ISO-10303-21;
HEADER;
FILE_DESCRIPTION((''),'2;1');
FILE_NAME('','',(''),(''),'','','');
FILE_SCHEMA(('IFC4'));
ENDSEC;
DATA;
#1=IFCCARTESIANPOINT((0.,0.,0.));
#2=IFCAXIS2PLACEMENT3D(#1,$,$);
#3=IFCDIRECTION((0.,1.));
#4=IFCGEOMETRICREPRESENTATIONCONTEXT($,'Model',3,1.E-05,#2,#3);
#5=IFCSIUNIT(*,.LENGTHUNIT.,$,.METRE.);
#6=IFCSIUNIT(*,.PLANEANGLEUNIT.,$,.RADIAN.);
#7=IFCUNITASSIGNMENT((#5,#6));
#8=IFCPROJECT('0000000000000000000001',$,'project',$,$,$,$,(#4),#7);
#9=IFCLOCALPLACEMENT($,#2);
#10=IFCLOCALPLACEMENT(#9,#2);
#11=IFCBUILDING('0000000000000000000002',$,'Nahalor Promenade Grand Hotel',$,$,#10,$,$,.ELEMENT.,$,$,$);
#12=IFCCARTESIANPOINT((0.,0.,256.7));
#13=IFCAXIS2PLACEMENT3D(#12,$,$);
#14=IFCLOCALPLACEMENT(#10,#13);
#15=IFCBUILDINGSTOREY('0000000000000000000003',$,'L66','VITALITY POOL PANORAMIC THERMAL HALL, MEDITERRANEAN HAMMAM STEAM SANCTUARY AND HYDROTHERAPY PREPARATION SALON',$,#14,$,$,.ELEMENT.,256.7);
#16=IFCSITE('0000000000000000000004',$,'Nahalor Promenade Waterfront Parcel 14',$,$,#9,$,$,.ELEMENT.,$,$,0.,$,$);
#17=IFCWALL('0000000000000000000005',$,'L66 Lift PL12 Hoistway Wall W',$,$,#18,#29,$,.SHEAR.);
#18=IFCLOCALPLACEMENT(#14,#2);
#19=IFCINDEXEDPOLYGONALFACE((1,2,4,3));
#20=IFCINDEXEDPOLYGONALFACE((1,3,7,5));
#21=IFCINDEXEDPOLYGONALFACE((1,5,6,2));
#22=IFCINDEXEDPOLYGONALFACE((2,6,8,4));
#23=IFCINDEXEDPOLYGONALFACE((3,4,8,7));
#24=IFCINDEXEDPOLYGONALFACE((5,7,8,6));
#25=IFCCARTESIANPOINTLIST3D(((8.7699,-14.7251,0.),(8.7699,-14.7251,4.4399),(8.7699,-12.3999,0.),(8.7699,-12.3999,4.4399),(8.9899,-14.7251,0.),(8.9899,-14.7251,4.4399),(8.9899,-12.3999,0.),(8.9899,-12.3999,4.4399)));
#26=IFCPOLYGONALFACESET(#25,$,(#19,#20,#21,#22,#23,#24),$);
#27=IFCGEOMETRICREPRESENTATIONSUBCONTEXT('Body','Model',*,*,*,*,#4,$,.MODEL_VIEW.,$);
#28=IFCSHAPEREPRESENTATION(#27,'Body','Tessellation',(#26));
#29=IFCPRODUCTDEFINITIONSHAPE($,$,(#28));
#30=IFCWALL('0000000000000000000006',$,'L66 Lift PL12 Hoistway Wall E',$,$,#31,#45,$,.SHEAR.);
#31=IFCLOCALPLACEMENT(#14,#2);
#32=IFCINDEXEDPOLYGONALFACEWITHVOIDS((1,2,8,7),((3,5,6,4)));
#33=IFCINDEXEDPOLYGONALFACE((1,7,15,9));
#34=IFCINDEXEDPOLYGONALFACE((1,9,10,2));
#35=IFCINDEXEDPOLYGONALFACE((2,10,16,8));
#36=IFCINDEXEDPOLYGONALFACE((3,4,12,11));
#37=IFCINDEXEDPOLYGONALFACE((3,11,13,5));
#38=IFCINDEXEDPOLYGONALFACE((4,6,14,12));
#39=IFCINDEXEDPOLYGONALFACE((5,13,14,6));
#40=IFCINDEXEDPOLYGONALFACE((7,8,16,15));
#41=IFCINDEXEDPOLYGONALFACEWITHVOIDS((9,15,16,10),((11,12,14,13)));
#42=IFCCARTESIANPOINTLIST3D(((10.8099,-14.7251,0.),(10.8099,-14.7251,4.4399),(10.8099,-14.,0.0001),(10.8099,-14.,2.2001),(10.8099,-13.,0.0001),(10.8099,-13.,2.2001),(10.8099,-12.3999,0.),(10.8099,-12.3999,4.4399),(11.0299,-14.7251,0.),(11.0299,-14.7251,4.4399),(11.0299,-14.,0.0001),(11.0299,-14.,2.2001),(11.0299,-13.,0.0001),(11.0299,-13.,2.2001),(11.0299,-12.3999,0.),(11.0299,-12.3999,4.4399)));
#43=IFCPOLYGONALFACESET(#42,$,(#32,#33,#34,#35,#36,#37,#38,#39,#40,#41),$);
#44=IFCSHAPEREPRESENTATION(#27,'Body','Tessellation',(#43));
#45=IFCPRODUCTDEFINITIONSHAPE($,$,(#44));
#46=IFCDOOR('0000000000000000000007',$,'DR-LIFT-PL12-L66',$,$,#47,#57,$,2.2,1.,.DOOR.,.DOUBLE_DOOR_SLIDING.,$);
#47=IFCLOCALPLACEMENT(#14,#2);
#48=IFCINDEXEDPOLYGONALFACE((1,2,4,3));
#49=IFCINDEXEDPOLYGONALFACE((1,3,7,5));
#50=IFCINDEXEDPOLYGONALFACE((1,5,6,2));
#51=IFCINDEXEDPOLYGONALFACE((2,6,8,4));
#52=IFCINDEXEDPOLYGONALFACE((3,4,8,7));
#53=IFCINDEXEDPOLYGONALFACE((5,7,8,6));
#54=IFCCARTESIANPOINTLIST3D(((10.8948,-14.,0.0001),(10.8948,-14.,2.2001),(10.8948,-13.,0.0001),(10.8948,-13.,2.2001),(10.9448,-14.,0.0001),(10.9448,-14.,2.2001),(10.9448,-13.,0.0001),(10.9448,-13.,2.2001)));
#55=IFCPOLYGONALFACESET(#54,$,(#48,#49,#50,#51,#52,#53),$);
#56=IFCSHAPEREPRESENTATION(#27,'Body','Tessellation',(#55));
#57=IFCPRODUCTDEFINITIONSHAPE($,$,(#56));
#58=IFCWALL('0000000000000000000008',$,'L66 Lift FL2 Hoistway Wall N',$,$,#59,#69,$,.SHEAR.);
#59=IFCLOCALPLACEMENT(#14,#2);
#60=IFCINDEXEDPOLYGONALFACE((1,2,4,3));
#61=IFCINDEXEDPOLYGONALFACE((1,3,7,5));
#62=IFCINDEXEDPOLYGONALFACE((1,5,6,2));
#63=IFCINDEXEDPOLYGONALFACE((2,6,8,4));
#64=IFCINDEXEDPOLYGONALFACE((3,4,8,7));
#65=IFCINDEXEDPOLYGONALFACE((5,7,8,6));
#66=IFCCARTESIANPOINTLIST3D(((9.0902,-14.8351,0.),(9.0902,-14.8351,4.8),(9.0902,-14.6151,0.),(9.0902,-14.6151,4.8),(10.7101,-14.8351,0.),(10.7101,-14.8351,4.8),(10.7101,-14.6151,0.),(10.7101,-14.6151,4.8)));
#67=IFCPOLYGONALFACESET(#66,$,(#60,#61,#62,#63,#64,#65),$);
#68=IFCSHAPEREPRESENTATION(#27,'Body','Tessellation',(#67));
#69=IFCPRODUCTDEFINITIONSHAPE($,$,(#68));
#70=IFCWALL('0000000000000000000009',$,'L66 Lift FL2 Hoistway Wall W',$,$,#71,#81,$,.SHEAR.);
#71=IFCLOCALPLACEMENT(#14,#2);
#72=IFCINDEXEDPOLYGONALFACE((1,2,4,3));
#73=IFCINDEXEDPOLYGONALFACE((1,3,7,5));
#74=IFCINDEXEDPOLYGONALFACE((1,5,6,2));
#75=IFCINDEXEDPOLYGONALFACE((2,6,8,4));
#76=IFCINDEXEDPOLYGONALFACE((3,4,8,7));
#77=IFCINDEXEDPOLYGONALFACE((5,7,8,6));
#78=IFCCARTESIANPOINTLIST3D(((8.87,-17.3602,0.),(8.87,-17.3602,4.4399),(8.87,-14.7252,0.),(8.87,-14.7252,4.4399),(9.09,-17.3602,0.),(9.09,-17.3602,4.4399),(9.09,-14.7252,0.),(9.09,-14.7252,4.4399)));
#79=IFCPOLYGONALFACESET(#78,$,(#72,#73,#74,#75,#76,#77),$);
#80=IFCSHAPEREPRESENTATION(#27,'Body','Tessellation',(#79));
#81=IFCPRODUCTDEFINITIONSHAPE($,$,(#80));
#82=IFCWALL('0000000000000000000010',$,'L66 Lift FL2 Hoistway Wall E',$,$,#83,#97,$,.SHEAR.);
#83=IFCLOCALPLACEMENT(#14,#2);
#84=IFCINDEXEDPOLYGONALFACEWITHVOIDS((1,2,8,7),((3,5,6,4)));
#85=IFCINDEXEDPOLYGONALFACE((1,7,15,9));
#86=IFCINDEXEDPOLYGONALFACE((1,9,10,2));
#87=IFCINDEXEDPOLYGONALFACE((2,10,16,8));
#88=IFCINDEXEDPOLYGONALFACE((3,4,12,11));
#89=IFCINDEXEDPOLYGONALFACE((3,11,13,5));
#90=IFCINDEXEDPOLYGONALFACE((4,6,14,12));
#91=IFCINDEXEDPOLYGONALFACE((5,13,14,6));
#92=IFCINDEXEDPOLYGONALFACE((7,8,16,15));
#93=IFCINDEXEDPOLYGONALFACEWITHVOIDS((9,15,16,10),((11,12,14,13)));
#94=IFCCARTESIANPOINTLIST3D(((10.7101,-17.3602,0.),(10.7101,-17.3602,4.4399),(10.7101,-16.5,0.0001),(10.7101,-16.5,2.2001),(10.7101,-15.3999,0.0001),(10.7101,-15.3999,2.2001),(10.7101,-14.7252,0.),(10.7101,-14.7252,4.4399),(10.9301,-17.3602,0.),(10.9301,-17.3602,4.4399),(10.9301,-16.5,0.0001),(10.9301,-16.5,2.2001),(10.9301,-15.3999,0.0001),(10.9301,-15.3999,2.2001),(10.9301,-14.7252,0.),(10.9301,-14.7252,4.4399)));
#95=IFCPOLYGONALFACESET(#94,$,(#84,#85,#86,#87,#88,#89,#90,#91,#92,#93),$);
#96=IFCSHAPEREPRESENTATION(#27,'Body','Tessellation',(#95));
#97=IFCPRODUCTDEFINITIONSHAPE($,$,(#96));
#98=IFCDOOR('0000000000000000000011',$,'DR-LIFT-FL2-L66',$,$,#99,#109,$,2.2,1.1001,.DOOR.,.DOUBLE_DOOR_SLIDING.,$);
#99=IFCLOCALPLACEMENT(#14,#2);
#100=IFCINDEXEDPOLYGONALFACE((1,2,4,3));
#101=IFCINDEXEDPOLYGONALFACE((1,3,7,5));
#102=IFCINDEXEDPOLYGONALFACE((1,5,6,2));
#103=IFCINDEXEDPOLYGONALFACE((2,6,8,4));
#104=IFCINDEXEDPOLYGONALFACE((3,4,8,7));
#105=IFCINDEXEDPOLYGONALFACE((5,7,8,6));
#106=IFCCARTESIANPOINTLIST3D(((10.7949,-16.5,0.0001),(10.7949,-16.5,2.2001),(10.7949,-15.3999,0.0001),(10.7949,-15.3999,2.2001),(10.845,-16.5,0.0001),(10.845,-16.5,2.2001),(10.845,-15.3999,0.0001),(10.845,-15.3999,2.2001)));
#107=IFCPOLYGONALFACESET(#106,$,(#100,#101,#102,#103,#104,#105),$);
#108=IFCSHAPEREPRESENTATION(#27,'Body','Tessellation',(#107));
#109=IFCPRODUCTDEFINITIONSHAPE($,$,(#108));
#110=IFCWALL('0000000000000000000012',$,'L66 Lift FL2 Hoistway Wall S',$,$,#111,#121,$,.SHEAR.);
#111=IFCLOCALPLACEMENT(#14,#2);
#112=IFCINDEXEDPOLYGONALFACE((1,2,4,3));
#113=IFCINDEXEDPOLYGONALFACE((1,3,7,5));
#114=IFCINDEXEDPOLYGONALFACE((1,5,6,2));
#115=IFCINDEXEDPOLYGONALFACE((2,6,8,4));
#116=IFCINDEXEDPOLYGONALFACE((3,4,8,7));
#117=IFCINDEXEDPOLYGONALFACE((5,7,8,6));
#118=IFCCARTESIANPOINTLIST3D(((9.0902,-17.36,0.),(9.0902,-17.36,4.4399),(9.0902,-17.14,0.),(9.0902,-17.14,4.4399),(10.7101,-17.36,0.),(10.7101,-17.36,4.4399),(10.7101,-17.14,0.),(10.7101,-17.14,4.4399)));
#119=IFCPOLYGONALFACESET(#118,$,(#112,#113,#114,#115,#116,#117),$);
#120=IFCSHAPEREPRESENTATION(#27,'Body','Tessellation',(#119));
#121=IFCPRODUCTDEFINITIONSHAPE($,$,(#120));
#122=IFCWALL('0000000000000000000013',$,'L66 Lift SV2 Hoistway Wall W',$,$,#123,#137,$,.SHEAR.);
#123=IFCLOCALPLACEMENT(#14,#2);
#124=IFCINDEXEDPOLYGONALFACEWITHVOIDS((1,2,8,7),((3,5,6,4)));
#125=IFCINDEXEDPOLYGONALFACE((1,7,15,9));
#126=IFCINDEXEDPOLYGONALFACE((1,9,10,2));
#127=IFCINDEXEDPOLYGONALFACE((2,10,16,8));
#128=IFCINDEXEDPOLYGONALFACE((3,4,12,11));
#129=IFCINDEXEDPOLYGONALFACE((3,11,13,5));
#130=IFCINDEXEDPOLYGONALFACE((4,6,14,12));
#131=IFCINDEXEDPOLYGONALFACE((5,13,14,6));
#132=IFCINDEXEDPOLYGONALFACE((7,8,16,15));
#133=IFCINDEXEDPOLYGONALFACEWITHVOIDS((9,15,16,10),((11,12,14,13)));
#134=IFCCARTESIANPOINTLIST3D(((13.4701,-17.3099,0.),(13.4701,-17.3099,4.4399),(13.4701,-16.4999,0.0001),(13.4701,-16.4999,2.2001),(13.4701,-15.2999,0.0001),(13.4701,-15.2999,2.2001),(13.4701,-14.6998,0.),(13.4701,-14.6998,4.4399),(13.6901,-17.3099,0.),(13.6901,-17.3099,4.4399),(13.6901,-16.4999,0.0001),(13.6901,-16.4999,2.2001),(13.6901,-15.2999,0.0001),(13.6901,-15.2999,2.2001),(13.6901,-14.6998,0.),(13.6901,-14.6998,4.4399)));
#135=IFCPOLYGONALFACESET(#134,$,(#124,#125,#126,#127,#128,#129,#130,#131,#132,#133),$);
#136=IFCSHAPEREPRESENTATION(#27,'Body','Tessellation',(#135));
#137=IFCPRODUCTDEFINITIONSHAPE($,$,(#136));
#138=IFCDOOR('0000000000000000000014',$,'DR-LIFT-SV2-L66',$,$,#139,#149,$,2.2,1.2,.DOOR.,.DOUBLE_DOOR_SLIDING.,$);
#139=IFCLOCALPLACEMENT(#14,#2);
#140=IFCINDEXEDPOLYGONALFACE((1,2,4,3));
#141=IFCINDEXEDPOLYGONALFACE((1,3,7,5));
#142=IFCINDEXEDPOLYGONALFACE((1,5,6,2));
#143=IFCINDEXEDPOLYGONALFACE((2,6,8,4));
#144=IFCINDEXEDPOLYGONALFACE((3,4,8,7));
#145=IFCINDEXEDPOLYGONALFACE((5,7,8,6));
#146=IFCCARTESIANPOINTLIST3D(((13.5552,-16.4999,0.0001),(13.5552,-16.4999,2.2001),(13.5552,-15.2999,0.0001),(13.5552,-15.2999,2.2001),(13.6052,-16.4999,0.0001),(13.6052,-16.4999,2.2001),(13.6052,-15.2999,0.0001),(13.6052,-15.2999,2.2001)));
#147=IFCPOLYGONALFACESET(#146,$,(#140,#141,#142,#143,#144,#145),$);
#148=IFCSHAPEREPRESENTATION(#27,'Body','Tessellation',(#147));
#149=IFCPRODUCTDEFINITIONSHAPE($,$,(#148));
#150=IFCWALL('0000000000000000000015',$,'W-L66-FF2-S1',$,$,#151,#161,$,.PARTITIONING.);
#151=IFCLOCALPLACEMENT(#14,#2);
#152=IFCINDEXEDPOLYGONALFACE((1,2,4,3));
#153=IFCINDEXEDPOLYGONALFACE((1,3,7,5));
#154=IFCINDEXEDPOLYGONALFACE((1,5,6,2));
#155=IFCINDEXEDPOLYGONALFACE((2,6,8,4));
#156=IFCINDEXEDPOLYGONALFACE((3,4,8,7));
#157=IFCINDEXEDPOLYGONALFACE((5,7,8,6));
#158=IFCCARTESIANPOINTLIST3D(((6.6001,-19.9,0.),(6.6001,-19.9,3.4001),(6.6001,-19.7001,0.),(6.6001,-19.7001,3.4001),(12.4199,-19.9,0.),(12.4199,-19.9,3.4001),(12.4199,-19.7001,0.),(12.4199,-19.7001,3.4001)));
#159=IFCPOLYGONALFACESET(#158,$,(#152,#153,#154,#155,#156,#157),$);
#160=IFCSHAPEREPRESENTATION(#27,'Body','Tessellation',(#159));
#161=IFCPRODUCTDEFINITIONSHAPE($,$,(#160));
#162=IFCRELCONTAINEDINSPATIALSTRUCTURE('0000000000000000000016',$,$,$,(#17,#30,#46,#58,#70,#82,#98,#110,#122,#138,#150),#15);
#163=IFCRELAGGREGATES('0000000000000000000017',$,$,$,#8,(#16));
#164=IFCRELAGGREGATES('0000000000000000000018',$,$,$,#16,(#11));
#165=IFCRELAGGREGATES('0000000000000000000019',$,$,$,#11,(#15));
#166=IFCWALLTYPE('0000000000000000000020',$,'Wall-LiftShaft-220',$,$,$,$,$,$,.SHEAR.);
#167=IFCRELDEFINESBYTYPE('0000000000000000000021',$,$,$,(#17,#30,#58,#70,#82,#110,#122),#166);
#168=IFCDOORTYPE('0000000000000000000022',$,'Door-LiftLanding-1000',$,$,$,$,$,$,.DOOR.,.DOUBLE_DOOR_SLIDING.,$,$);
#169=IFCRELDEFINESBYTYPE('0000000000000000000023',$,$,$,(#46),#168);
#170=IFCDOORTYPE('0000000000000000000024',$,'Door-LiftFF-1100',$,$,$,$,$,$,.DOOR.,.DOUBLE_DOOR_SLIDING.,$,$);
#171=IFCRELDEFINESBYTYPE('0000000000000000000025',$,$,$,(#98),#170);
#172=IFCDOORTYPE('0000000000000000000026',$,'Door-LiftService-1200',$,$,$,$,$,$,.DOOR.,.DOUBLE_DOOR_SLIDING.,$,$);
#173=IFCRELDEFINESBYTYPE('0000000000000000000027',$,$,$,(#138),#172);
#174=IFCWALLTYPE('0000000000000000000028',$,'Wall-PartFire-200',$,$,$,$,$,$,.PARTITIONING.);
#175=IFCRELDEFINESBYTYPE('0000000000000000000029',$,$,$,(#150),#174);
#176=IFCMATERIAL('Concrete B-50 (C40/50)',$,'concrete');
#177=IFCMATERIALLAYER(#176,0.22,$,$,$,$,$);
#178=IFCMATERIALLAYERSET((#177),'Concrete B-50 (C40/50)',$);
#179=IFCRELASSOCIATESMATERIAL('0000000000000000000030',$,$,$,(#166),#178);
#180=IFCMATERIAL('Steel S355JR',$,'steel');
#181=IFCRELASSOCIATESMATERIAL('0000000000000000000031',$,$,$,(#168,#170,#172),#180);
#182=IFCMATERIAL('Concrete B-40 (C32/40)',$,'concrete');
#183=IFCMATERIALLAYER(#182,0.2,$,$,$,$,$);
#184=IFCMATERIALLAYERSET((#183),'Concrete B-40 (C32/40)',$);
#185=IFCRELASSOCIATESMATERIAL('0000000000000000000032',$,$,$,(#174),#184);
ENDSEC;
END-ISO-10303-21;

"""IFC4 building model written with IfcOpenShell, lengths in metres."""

from ifc_helpers import new_model, si_unit, direction, frame, frame_2d, origin, place, context, subcontext, project, spatial, rectangle, extrude, source, transform, mapped, material, layer, layer_set, type_object, element, fill, save


model = new_model("IFC4")

# Units and contexts
model_context = context("Model", 3, precision=1e-05, world=origin(), true_north=direction((0.0, 1.0)))
body_context = subcontext(model_context, "Body", "Model", "MODEL_VIEW")
ifc_project = project(units=[si_unit("LENGTHUNIT", "METRE"), si_unit("PLANEANGLEUNIT", "RADIAN")], contexts=[model_context])

# Site, building, storey
site_placement = place(None, origin())
site = spatial("IfcSite", under=ifc_project, at=site_placement, Name="Nahalor Promenade Waterfront Parcel 14", CompositionType="ELEMENT", RefElevation=0.0)
building_placement = place(site_placement, origin())
building = spatial("IfcBuilding", under=site, at=building_placement, Name="Nahalor Promenade Grand Hotel", CompositionType="ELEMENT")
storey_placement = place(building_placement, frame((0.0, 0.0, 256.7)))
storey = spatial("IfcBuildingStorey", under=building, at=storey_placement, Name="L66", Description="VITALITY POOL PANORAMIC THERMAL HALL, MEDITERRANEAN HAMMAM STEAM SANCTUARY AND HYDROTHERAPY PREPARATION SALON", CompositionType="ELEMENT", Elevation=256.7)

# Shared definitions
ifc_material_1 = material(Name="Steel S355JR", Category="steel")

# Shared definitions
ifc_material_2 = material(Name="Concrete B-50 (C40/50)", Category="concrete")

# Shared definitions
ifc_layer_1 = layer(ifc_material_2, 0.22)
ifc_layer_set_1 = layer_set([ifc_layer_1], Name="Concrete B-50 (C40/50)")
wall_type_1 = type_object("IfcWallType", Name="Wall-LiftShaft-220", PredefinedType="SHEAR", material=ifc_layer_set_1)

# Shared definitions
door_type_1 = type_object("IfcDoorType", Name="Door-LiftLanding-1000", OperationType="DOUBLE_DOOR_SLIDING", PredefinedType="DOOR", material=ifc_material_1)
shared_shape_1 = source(origin(), body_context, "Body", "SweptSolid", [
    extrude(rectangle(XDim=1.0, YDim=2.2, at=frame_2d((0.5, 1.1001))), frame((0.0, 0.0249, 0.0), z_axis=(0.0, -1.0, 0.0), x_axis=(1.0, 0.0, 0.0)), (0.0, 0.0, 1.0), 0.05),
])

# Wall
shared_shape_2 = source(origin(), body_context, "Body", "SweptSolid", [
    extrude(rectangle(XDim=2.3252, YDim=0.22, at=frame_2d((1.1626, 0.0))), origin(), (0.0, 0.0, 1.0), 4.4399),
])
wall_1_placement = place(storey_placement, frame((8.8799, -14.7251, 0.0), z_axis=(0.0, 0.0, 1.0), x_axis=(0.0, 1.0, 0.0)))
element("IfcWall", 1, at=wall_1_placement, inside=storey, type_object=wall_type_1, Name="L66 Lift PL12 Hoistway Wall W", PredefinedType="SHEAR", context=body_context, shape_type="MappedRepresentation", body=[
    mapped(shared_shape_2, transform((0.0, 0.0, 0.0), scale=1.0)),
])

# Wall, opening, door
wall_2_placement = place(storey_placement, frame((10.9199, -14.7251, 0.0), z_axis=(0.0, 0.0, 1.0), x_axis=(0.0, 1.0, 0.0)))
wall_2 = element("IfcWall", 2, at=wall_2_placement, inside=storey, type_object=wall_type_1, Name="L66 Lift PL12 Hoistway Wall E", PredefinedType="SHEAR", context=body_context, shape_type="MappedRepresentation", body=[
    mapped(shared_shape_2, transform((0.0, 0.0, 0.0), scale=1.0)),
])
opening_1_placement = place(wall_2_placement, frame((0.7251, 0.0, 0.0)))
opening_1 = element("IfcOpeningElement", 3, at=opening_1_placement, cuts=wall_2, PredefinedType="OPENING", context=body_context, shape_type="SweptSolid", body=[
    extrude(rectangle(XDim=1.0, YDim=2.2, at=frame_2d((0.5, 1.1001))), frame((0.0, 0.1199, 0.0), z_axis=(0.0, -1.0, 0.0), x_axis=(1.0, 0.0, 0.0)), (0.0, 0.0, 1.0), 0.24),
])
door_1_placement = place(opening_1_placement, frame((1.0, 0.0, 0.0), z_axis=(0.0, 0.0, 1.0), x_axis=(-1.0, 0.0, 0.0)))
door_1 = element("IfcDoor", 4, at=door_1_placement, inside=storey, type_object=door_type_1, Name="DR-LIFT-PL12-L66", OperationType="DOUBLE_DOOR_SLIDING", OverallHeight=2.2, OverallWidth=1.0, PredefinedType="DOOR", context=body_context, shape_type="MappedRepresentation", body=[
    mapped(shared_shape_1, transform((0.0, 0.0, 0.0), scale=1.0)),
])
fill(opening_1, door_1)

# Walls
shared_shape_3 = source(origin(), body_context, "Body", "SweptSolid", [
    extrude(rectangle(XDim=1.6199, YDim=0.22, at=frame_2d((0.8101, 0.0))), origin(), (0.0, 0.0, 1.0), 4.8),
])
wall_3_placement = place(storey_placement, frame((9.0901, -14.7251, 0.0), z_axis=(0.0, 0.0, 1.0), x_axis=(1.0, 0.0, 0.0)))
element("IfcWall", 5, at=wall_3_placement, inside=storey, type_object=wall_type_1, Name="L66 Lift FL2 Hoistway Wall N", PredefinedType="SHEAR", context=body_context, shape_type="MappedRepresentation", body=[
    mapped(shared_shape_3, transform((0.0, 0.0, 0.0), scale=1.0)),
])
shared_shape_4 = source(origin(), body_context, "Body", "SweptSolid", [
    extrude(rectangle(XDim=2.635, YDim=0.22, at=frame_2d((1.3174, 0.0))), origin(), (0.0, 0.0, 1.0), 4.4399),
])
wall_4_placement = place(storey_placement, frame((8.98, -17.3601, 0.0), z_axis=(0.0, 0.0, 1.0), x_axis=(0.0, 1.0, 0.0)))
element("IfcWall", 6, at=wall_4_placement, inside=storey, type_object=wall_type_1, Name="L66 Lift FL2 Hoistway Wall W", PredefinedType="SHEAR", context=body_context, shape_type="MappedRepresentation", body=[
    mapped(shared_shape_4, transform((0.0, 0.0, 0.0), scale=1.0)),
])

# Wall, opening, door
wall_5_placement = place(storey_placement, frame((10.8201, -17.3601, 0.0), z_axis=(0.0, 0.0, 1.0), x_axis=(0.0, 1.0, 0.0)))
wall_5 = element("IfcWall", 7, at=wall_5_placement, inside=storey, type_object=wall_type_1, Name="L66 Lift FL2 Hoistway Wall E", PredefinedType="SHEAR", context=body_context, shape_type="MappedRepresentation", body=[
    mapped(shared_shape_4, transform((0.0, 0.0, 0.0), scale=1.0)),
])
opening_2_placement = place(wall_5_placement, frame((0.8601, 0.0, 0.0)))
opening_2 = element("IfcOpeningElement", 8, at=opening_2_placement, cuts=wall_5, PredefinedType="OPENING", context=body_context, shape_type="SweptSolid", body=[
    extrude(rectangle(XDim=1.1001, YDim=2.2, at=frame_2d((0.55, 1.1001))), frame((0.0, 0.1199, 0.0), z_axis=(0.0, -1.0, 0.0), x_axis=(1.0, 0.0, 0.0)), (0.0, 0.0, 1.0), 0.24),
])
door_type_2 = type_object("IfcDoorType", Name="Door-LiftFF-1100", OperationType="DOUBLE_DOOR_SLIDING", PredefinedType="DOOR", material=ifc_material_1)
shared_shape_5 = source(origin(), body_context, "Body", "SweptSolid", [
    extrude(rectangle(XDim=1.1001, YDim=2.2, at=frame_2d((0.55, 1.1001))), frame((0.0, 0.0249, 0.0), z_axis=(0.0, -1.0, 0.0), x_axis=(1.0, 0.0, 0.0)), (0.0, 0.0, 1.0), 0.05),
])
door_2_placement = place(opening_2_placement, frame((1.1001, 0.0, 0.0), z_axis=(0.0, 0.0, 1.0), x_axis=(-1.0, 0.0, 0.0)))
door_2 = element("IfcDoor", 9, at=door_2_placement, inside=storey, type_object=door_type_2, Name="DR-LIFT-FL2-L66", OperationType="DOUBLE_DOOR_SLIDING", OverallHeight=2.2, OverallWidth=1.1001, PredefinedType="DOOR", context=body_context, shape_type="MappedRepresentation", body=[
    mapped(shared_shape_5, transform((0.0, 0.0, 0.0), scale=1.0)),
])
fill(opening_2, door_2)

# Wall
shared_shape_6 = source(origin(), body_context, "Body", "SweptSolid", [
    extrude(rectangle(XDim=1.6199, YDim=0.22, at=frame_2d((0.8101, 0.0))), origin(), (0.0, 0.0, 1.0), 4.4399),
])
wall_6_placement = place(storey_placement, frame((9.0901, -17.25, 0.0), z_axis=(0.0, 0.0, 1.0), x_axis=(1.0, 0.0, 0.0)))
element("IfcWall", 10, at=wall_6_placement, inside=storey, type_object=wall_type_1, Name="L66 Lift FL2 Hoistway Wall S", PredefinedType="SHEAR", context=body_context, shape_type="MappedRepresentation", body=[
    mapped(shared_shape_6, transform((0.0, 0.0, 0.0), scale=1.0)),
])

# Wall, opening, door
shared_shape_7 = source(origin(), body_context, "Body", "SweptSolid", [
    extrude(rectangle(XDim=2.6101, YDim=0.22, at=frame_2d((1.3052, 0.0))), origin(), (0.0, 0.0, 1.0), 4.4399),
])
wall_7_placement = place(storey_placement, frame((13.5801, -17.3101, 0.0), z_axis=(0.0, 0.0, 1.0), x_axis=(0.0, 1.0, 0.0)))
wall_7 = element("IfcWall", 11, at=wall_7_placement, inside=storey, type_object=wall_type_1, Name="L66 Lift SV2 Hoistway Wall W", PredefinedType="SHEAR", context=body_context, shape_type="MappedRepresentation", body=[
    mapped(shared_shape_7, transform((0.0, 0.0, 0.0), scale=1.0)),
])
opening_3_placement = place(wall_7_placement, frame((0.8101, 0.0, 0.0)))
opening_3 = element("IfcOpeningElement", 12, at=opening_3_placement, cuts=wall_7, PredefinedType="OPENING", context=body_context, shape_type="SweptSolid", body=[
    extrude(rectangle(XDim=1.2, YDim=2.2, at=frame_2d((0.6001, 1.1001))), frame((0.0, 0.1199, 0.0), z_axis=(0.0, -1.0, 0.0), x_axis=(1.0, 0.0, 0.0)), (0.0, 0.0, 1.0), 0.24),
])
door_type_3 = type_object("IfcDoorType", Name="Door-LiftService-1200", OperationType="DOUBLE_DOOR_SLIDING", PredefinedType="DOOR", material=ifc_material_1)
shared_shape_8 = source(origin(), body_context, "Body", "SweptSolid", [
    extrude(rectangle(XDim=1.2, YDim=2.2, at=frame_2d((0.6001, 1.1001))), frame((0.0, 0.0249, 0.0), z_axis=(0.0, -1.0, 0.0), x_axis=(1.0, 0.0, 0.0)), (0.0, 0.0, 1.0), 0.05),
])
door_3_placement = place(opening_3_placement, origin())
door_3 = element("IfcDoor", 13, at=door_3_placement, inside=storey, type_object=door_type_3, Name="DR-LIFT-SV2-L66", OperationType="DOUBLE_DOOR_SLIDING", OverallHeight=2.2, OverallWidth=1.2, PredefinedType="DOOR", context=body_context, shape_type="MappedRepresentation", body=[
    mapped(shared_shape_8, transform((0.0, 0.0, 0.0), scale=1.0)),
])
fill(opening_3, door_3)

# Wall
ifc_material_3 = material(Name="Concrete B-40 (C32/40)", Category="concrete")
ifc_layer_2 = layer(ifc_material_3, 0.2)
ifc_layer_set_2 = layer_set([ifc_layer_2], Name="Concrete B-40 (C32/40)")
wall_type_2 = type_object("IfcWallType", Name="Wall-PartFire-200", PredefinedType="PARTITIONING", material=ifc_layer_set_2)
shared_shape_9 = source(origin(), body_context, "Body", "SweptSolid", [
    extrude(rectangle(XDim=5.8198, YDim=0.2, at=frame_2d((2.9099, 0.0))), origin(), (0.0, 0.0, 1.0), 3.4001),
])
wall_8_placement = place(storey_placement, frame((6.6001, -19.8, 0.0), z_axis=(0.0, 0.0, 1.0), x_axis=(1.0, 0.0, 0.0)))
element("IfcWall", 14, at=wall_8_placement, inside=storey, type_object=wall_type_2, Name="W-L66-FF2-S1", PredefinedType="PARTITIONING", context=body_context, shape_type="MappedRepresentation", body=[
    mapped(shared_shape_9, transform((0.0, 0.0, 0.0), scale=1.0)),
])

save(model, "model.ifc")
